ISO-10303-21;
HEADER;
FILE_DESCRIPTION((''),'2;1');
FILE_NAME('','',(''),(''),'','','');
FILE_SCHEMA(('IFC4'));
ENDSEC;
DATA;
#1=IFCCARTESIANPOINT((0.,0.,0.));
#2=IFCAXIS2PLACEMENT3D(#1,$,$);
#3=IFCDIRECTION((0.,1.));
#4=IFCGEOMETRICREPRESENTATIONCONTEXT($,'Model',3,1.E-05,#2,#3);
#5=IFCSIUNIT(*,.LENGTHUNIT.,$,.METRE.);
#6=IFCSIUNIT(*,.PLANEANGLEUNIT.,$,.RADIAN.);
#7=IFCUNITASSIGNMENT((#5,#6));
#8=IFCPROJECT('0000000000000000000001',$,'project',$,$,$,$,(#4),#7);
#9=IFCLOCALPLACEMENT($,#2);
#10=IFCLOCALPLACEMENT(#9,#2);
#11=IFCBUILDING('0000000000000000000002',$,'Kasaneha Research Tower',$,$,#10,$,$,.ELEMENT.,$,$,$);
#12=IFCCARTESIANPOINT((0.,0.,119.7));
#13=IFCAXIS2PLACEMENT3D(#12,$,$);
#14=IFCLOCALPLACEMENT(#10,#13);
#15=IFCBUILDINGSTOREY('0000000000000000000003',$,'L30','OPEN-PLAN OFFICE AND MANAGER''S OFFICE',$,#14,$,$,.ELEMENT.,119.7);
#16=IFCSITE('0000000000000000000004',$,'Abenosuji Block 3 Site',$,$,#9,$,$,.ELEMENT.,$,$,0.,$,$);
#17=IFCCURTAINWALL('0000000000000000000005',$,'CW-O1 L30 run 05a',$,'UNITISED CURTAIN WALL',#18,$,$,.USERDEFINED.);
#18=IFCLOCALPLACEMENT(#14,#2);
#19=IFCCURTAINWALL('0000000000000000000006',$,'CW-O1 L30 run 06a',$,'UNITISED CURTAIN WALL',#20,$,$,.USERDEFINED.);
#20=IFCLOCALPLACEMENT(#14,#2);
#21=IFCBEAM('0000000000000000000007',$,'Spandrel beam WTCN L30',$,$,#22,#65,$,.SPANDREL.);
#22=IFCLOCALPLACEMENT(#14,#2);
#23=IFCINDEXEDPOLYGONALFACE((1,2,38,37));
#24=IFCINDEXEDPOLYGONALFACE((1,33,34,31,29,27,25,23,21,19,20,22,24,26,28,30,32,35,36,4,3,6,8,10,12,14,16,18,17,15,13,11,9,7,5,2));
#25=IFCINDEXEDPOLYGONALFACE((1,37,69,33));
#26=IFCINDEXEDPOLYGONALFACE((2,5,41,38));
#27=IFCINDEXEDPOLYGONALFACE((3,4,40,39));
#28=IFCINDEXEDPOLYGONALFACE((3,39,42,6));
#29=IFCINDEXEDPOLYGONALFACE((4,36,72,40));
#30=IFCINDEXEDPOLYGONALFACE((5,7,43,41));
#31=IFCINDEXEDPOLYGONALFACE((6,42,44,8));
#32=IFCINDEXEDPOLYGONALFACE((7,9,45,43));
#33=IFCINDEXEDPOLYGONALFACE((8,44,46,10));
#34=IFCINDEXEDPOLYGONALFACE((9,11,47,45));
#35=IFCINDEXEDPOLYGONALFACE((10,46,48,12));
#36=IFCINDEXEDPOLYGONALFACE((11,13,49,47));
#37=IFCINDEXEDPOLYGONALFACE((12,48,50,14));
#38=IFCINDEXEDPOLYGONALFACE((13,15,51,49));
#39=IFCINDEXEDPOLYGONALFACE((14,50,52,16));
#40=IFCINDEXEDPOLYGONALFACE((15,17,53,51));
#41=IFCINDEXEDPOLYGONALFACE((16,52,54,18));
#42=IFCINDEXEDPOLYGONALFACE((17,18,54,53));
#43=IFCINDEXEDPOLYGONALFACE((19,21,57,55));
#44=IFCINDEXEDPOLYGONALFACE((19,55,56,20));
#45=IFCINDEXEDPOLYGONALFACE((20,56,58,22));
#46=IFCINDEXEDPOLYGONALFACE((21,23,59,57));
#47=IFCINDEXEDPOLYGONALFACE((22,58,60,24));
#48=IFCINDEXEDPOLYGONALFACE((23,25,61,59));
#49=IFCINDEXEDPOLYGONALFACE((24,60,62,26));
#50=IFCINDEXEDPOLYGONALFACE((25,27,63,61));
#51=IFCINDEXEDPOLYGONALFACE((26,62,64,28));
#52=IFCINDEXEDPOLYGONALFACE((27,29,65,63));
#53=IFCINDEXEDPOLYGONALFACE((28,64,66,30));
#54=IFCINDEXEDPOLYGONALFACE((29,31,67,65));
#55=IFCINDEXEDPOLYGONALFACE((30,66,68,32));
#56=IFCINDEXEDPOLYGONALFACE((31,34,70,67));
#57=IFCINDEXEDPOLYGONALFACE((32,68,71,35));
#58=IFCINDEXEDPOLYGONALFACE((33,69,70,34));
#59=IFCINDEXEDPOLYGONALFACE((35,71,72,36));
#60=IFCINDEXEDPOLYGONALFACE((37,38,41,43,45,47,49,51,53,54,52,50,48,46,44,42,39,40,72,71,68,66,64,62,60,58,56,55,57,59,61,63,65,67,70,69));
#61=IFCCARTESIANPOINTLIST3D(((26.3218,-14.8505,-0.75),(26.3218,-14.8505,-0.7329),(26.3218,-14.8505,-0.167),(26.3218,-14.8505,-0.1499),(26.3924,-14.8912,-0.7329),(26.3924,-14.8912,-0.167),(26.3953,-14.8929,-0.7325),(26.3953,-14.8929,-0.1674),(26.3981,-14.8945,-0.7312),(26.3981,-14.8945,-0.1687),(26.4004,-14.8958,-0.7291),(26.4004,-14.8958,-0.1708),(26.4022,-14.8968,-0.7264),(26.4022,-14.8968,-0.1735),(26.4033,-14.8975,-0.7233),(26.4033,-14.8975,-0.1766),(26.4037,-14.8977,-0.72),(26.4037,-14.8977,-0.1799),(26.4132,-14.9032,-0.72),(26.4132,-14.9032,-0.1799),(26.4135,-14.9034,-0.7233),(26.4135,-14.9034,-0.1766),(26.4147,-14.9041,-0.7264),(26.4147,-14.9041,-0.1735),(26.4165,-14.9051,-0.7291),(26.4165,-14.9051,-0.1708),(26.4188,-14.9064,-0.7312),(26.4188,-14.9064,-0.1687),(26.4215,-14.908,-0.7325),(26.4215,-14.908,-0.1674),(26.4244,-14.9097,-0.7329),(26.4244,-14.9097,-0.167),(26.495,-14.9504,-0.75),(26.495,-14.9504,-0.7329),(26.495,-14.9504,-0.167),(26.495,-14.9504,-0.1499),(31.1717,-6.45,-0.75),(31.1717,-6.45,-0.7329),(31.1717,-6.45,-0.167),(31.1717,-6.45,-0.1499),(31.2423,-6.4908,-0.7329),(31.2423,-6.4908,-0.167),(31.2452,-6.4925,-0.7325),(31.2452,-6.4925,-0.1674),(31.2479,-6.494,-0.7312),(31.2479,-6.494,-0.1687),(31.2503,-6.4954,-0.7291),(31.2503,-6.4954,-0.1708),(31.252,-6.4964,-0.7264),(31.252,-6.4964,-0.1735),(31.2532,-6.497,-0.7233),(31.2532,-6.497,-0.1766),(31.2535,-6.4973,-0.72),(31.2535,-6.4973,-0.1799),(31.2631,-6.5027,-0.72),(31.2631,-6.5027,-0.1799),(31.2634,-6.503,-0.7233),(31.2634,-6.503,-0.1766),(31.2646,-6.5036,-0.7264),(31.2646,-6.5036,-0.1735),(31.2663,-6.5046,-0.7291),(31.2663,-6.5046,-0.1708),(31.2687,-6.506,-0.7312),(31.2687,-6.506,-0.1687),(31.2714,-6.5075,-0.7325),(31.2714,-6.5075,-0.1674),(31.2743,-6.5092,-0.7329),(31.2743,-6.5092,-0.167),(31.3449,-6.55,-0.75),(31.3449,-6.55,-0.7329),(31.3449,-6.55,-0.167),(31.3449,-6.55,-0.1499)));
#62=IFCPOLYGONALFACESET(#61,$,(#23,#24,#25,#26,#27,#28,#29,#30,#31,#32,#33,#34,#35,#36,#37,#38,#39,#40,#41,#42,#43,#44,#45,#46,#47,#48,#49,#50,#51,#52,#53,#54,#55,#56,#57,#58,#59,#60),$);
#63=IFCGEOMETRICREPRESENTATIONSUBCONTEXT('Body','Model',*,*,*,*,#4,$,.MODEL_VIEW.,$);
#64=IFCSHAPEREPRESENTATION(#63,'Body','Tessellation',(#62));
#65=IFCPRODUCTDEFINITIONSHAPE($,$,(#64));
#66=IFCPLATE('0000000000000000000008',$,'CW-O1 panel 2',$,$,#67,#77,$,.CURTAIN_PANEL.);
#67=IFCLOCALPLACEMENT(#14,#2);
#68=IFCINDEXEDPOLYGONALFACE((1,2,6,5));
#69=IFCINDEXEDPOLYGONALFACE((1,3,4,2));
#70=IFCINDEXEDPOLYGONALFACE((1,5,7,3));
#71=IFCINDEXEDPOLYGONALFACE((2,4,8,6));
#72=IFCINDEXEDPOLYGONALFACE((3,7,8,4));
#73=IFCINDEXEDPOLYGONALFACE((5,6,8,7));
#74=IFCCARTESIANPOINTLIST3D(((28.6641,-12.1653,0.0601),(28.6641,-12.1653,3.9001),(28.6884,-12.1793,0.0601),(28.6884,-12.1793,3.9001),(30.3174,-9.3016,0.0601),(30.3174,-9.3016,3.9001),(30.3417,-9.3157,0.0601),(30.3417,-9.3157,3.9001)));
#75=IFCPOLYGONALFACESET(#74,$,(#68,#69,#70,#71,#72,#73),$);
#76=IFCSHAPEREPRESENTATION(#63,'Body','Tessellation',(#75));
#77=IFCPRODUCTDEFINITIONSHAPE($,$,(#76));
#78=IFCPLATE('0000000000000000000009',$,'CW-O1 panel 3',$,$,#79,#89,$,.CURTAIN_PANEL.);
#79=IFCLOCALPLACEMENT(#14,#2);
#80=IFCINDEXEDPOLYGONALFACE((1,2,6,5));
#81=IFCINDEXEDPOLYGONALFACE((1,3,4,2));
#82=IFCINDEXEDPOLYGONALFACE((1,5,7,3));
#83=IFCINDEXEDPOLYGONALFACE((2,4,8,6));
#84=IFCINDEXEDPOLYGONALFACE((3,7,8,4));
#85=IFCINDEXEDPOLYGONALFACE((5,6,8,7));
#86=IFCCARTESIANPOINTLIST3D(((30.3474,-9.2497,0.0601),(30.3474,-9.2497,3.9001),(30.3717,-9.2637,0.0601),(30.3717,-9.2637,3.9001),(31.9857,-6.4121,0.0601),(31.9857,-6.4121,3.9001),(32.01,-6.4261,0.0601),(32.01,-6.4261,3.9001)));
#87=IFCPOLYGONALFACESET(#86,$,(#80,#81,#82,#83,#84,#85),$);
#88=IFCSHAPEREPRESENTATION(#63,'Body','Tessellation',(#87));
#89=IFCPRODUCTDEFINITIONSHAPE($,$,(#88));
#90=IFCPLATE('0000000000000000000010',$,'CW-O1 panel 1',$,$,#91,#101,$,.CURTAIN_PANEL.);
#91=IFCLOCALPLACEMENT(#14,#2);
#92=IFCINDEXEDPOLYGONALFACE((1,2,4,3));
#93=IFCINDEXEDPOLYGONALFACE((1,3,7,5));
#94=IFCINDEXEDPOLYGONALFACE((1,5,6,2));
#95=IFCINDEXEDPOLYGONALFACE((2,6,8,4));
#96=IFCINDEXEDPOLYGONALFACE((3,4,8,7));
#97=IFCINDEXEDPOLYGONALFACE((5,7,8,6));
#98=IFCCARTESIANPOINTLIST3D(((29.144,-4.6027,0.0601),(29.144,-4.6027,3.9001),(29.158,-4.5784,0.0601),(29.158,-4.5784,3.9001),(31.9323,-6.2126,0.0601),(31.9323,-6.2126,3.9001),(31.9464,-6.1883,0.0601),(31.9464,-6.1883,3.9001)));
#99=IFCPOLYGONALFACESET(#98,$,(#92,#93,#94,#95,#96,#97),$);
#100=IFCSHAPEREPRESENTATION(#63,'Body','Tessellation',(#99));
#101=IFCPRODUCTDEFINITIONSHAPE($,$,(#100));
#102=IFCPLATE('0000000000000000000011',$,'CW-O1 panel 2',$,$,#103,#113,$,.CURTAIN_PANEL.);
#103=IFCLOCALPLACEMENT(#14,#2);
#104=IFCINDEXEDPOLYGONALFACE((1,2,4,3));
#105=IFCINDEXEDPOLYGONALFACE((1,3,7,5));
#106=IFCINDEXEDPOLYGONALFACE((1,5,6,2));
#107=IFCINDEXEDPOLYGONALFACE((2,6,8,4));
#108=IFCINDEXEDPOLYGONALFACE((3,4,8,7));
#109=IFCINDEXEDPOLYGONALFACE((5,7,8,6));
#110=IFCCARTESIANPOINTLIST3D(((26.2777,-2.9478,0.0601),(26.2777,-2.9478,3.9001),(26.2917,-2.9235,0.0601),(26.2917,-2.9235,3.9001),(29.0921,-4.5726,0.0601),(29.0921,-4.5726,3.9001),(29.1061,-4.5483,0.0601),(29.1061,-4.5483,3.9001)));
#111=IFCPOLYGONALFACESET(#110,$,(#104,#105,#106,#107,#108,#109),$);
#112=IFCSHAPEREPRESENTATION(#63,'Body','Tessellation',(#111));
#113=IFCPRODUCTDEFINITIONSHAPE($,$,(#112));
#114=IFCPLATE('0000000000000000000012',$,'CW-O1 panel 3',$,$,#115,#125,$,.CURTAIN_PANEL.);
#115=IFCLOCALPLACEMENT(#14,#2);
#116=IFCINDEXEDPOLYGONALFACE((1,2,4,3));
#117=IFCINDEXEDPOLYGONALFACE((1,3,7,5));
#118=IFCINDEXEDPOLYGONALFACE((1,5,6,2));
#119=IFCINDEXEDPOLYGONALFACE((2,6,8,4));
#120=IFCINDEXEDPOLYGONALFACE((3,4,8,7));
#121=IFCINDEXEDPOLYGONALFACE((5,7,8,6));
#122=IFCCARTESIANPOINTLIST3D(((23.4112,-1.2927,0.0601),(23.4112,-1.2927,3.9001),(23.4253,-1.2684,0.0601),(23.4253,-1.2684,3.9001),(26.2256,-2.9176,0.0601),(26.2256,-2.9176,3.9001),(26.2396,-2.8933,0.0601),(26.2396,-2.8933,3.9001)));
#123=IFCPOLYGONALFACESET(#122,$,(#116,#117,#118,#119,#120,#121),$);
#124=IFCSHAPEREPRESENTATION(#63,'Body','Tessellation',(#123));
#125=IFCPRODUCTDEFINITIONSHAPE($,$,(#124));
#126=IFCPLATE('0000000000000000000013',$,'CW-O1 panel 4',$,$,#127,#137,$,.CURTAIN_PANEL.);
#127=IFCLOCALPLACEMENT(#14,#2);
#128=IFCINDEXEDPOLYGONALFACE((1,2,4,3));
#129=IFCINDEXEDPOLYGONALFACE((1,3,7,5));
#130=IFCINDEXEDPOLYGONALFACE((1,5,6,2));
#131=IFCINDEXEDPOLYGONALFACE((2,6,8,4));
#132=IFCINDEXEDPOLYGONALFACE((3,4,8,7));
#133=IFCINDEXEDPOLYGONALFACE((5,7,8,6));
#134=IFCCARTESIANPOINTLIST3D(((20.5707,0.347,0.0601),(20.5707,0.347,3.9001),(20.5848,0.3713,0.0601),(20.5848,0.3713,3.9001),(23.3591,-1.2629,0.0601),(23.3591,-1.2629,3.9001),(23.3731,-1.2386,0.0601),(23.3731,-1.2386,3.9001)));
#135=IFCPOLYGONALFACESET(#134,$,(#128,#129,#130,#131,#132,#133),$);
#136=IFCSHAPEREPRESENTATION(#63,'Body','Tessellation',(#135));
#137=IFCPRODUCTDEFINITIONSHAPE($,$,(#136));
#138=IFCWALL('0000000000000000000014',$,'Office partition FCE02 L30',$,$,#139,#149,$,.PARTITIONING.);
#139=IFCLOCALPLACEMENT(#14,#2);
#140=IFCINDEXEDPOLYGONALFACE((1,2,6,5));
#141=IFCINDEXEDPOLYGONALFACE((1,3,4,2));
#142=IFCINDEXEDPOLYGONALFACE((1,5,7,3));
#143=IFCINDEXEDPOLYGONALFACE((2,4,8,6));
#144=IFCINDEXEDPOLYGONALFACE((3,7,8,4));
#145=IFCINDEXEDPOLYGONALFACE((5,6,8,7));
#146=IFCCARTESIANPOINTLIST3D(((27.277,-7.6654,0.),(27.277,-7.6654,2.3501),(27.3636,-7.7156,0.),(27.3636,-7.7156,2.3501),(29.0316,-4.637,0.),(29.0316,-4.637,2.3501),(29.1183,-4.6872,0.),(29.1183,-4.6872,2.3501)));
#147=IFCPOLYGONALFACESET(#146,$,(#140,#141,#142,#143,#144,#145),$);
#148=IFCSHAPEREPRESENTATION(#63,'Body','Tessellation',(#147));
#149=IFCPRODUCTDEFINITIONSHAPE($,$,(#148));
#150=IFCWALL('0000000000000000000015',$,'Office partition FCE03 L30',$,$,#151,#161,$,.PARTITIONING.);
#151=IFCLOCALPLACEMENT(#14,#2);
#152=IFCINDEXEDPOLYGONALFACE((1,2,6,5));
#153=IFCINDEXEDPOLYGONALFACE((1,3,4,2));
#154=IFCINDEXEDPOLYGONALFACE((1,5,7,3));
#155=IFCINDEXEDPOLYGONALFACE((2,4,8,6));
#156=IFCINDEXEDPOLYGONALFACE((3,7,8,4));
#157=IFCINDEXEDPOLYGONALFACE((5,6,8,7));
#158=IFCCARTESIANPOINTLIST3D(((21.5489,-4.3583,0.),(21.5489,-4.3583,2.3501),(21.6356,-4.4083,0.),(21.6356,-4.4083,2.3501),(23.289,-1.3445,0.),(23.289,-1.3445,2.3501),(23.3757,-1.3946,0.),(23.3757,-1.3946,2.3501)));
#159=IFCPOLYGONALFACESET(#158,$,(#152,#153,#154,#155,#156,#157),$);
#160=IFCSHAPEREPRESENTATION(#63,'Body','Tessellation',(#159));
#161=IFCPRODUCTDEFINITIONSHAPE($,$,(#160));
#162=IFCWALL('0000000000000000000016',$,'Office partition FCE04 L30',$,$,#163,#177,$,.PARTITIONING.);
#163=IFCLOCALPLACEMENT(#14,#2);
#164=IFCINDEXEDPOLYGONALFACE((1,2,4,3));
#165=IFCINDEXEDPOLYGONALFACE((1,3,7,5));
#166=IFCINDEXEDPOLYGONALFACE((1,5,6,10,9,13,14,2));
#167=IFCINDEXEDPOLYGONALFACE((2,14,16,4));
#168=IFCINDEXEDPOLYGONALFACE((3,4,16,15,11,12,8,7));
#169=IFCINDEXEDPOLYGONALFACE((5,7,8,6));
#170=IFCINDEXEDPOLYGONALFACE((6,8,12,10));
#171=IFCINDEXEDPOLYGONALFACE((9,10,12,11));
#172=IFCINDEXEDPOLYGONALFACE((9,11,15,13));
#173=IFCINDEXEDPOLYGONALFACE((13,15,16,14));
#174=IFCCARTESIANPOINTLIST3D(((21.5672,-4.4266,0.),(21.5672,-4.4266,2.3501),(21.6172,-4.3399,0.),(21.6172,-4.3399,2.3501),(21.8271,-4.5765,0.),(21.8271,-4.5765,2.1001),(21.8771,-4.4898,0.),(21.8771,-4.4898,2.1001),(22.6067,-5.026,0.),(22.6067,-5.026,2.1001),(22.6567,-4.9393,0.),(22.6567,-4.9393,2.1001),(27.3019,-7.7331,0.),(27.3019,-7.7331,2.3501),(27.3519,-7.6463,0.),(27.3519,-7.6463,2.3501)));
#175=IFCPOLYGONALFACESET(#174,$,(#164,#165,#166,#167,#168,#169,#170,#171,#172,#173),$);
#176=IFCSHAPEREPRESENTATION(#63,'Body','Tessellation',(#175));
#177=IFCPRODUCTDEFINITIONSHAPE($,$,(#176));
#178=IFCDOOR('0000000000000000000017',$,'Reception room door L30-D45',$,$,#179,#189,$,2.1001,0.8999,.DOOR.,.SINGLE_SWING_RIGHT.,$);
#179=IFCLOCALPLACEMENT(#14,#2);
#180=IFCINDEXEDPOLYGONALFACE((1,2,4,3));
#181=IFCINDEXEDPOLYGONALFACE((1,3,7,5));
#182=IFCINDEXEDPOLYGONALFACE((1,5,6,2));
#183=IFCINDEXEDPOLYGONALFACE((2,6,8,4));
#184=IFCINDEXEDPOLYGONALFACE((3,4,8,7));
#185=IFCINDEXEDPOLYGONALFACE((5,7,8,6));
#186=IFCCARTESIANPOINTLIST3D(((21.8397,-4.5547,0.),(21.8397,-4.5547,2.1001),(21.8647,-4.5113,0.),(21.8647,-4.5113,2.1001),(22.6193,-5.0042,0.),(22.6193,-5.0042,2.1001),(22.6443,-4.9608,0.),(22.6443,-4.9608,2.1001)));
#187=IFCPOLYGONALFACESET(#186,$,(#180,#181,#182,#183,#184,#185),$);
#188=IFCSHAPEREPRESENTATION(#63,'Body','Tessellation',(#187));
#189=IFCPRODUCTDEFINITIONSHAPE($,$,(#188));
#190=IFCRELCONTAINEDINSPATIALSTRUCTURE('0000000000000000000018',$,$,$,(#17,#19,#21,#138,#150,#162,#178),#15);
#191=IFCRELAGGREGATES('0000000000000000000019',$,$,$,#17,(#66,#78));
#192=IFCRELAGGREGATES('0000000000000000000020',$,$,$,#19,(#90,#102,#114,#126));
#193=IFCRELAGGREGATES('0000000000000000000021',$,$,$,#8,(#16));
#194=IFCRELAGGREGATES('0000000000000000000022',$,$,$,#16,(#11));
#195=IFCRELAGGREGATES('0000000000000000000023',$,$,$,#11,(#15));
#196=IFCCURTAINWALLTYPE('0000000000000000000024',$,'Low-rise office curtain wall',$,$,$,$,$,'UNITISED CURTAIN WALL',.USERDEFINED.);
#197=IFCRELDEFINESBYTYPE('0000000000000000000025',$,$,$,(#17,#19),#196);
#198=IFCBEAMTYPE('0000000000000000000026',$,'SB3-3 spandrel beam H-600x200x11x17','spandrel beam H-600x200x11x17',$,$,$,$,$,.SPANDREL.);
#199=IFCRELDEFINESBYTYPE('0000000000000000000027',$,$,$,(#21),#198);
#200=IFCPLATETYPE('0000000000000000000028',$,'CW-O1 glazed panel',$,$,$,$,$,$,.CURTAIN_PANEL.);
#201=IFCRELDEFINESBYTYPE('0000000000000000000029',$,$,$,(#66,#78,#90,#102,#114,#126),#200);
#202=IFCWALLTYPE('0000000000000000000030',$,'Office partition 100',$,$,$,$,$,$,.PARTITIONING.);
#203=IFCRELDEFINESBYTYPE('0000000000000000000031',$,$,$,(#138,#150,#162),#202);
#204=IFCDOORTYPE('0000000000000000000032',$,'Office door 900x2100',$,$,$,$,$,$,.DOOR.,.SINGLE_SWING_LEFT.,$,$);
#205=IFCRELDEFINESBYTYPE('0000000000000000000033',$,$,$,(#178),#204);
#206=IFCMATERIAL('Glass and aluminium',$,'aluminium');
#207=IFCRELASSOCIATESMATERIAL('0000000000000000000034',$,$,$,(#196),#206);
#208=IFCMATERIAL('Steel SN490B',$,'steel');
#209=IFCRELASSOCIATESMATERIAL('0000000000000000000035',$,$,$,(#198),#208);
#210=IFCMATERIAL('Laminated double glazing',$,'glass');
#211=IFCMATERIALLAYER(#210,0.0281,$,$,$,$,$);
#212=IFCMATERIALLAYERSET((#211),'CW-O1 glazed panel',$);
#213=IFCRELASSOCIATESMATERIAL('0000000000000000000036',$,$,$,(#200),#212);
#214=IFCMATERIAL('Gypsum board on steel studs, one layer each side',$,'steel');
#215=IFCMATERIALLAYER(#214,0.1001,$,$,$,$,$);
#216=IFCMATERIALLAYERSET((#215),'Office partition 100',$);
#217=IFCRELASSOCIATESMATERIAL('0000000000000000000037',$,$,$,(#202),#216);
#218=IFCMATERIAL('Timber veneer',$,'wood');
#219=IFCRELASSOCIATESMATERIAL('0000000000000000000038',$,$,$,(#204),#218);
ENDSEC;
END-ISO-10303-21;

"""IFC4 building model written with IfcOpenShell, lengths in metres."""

from ifc_helpers import new_model, si_unit, direction, frame, frame_2d, origin, origin_2d, place, context, subcontext, project, spatial, rectangle, i_section, extrude, material, layer, layer_set, material_profile, profile_set, type_object, element, fill, aggregate, save


model = new_model("IFC4")

# Units and contexts
model_context = context("Model", 3, precision=1e-05, world=origin(), true_north=direction((0.0, 1.0)))
body_context = subcontext(model_context, "Body", "Model", "MODEL_VIEW")
ifc_project = project(units=[si_unit("LENGTHUNIT", "METRE"), si_unit("PLANEANGLEUNIT", "RADIAN")], contexts=[model_context])

# Site, building, storey
site_placement = place(None, origin())
site = spatial("IfcSite", under=ifc_project, at=site_placement, Name="Abenosuji Block 3 Site", CompositionType="ELEMENT", RefElevation=0.0)
building_placement = place(site_placement, origin())
building = spatial("IfcBuilding", under=site, at=building_placement, Name="Kasaneha Research Tower", CompositionType="ELEMENT")
storey_placement = place(building_placement, frame((0.0, 0.0, 119.7)))
storey = spatial("IfcBuildingStorey", under=building, at=storey_placement, Name="L30", Description="OPEN-PLAN OFFICE AND MANAGER'S OFFICE", CompositionType="ELEMENT", Elevation=119.7)

# Curtain walls
ifc_material_1 = material(Name="Glass and aluminium", Category="aluminium")
curtain_wall_type = type_object("IfcCurtainWallType", Name="Low-rise office curtain wall", ElementType="UNITISED CURTAIN WALL", PredefinedType="USERDEFINED", material=ifc_material_1)
curtain_wall_1_placement = place(storey_placement, origin())
curtain_wall_1 = element("IfcCurtainWall", 1, at=curtain_wall_1_placement, inside=storey, type_object=curtain_wall_type, Name="CW-O1 L30 run 05a", ObjectType="UNITISED CURTAIN WALL", PredefinedType="USERDEFINED")
curtain_wall_2_placement = place(storey_placement, origin())
curtain_wall_2 = element("IfcCurtainWall", 2, at=curtain_wall_2_placement, inside=storey, type_object=curtain_wall_type, Name="CW-O1 L30 run 06a", ObjectType="UNITISED CURTAIN WALL", PredefinedType="USERDEFINED")

# Beam
ifc_material_2 = material(Name="Steel SN490B", Category="steel")
ifc_material_profile_1 = material_profile(ifc_material_2, i_section(OverallWidth=0.2, OverallDepth=0.6001, WebThickness=0.011, FlangeThickness=0.0171, FilletRadius=0.0129, at=origin_2d()), Name="H-600x200x11x17")
ifc_profile_set_1 = profile_set([ifc_material_profile_1], Name="Steel SN490B")
beam_type_1 = type_object("IfcBeamType", Name="SB3-3 spandrel beam H-600x200x11x17", Description="spandrel beam H-600x200x11x17", PredefinedType="SPANDREL", material=ifc_profile_set_1)
beam_1_placement = place(storey_placement, frame((31.2583, -6.5, -0.45), z_axis=(-0.499991, -0.866031, 0.0), x_axis=(0.866031, -0.499991, 0.0)))
element("IfcBeam", 3, at=beam_1_placement, inside=storey, type_object=beam_type_1, Name="Spandrel beam WTCN L30", PredefinedType="SPANDREL", context=body_context, shape_type="SweptSolid", body=[
    extrude(i_section(OverallWidth=0.2, OverallDepth=0.6001, WebThickness=0.011, FlangeThickness=0.0171, FilletRadius=0.0129, at=origin_2d()), origin(), (0.0, 0.0, 1.0), 9.7),
])

# Plates
ifc_material_3 = material(Name="Laminated double glazing", Category="glass")
ifc_layer_1 = layer(ifc_material_3, 0.0281)
ifc_layer_set_1 = layer_set([ifc_layer_1], Name="CW-O1 glazed panel")
plate_type = type_object("IfcPlateType", Name="CW-O1 glazed panel", PredefinedType="CURTAIN_PANEL", material=ifc_layer_set_1)
plate_1_placement = place(storey_placement, frame((29.5029, -10.7405, 0.0601), z_axis=(0.0, 0.0, 1.0), x_axis=(0.5, 0.866025, 0.0)))
plate_1 = element("IfcPlate", 4, at=plate_1_placement, type_object=plate_type, Name="CW-O1 panel 2", PredefinedType="CURTAIN_PANEL", context=body_context, shape_type="SweptSolid", body=[
    extrude(rectangle(XDim=3.3066, YDim=0.0281, at=origin_2d()), origin(), (0.0, 0.0, 1.0), 3.8401),
])
plate_2_placement = place(storey_placement, frame((31.1787, -7.8379, 0.0601), z_axis=(0.0, 0.0, 1.0), x_axis=(0.5, 0.866025, 0.0)))
plate_2 = element("IfcPlate", 5, at=plate_2_placement, type_object=plate_type, Name="CW-O1 panel 3", PredefinedType="CURTAIN_PANEL", context=body_context, shape_type="SweptSolid", body=[
    extrude(rectangle(XDim=3.2766, YDim=0.0281, at=origin_2d()), origin(), (0.0, 0.0, 1.0), 3.8401),
])
aggregate(curtain_wall_1, [plate_1, plate_2])
plate_3_placement = place(storey_placement, frame((30.5452, -5.3955, 0.0601), z_axis=(0.0, 0.0, 1.0), x_axis=(-0.866025, 0.5, 0.0)))
plate_3 = element("IfcPlate", 6, at=plate_3_placement, type_object=plate_type, Name="CW-O1 panel 1", PredefinedType="CURTAIN_PANEL", context=body_context, shape_type="SweptSolid", body=[
    extrude(rectangle(XDim=3.2197, YDim=0.0281, at=origin_2d()), origin(), (0.0, 0.0, 1.0), 3.8401),
])
plate_4_placement = place(storey_placement, frame((27.6919, -3.748, 0.0601), z_axis=(0.0, 0.0, 1.0), x_axis=(-0.866025, 0.5, 0.0)))
plate_4 = element("IfcPlate", 7, at=plate_4_placement, type_object=plate_type, Name="CW-O1 panel 2", PredefinedType="CURTAIN_PANEL", context=body_context, shape_type="SweptSolid", body=[
    extrude(rectangle(XDim=3.2498, YDim=0.0281, at=origin_2d()), origin(), (0.0, 0.0, 1.0), 3.8401),
])
plate_5_placement = place(storey_placement, frame((24.8254, -2.093, 0.0601), z_axis=(0.0, 0.0, 1.0), x_axis=(-0.866025, 0.5, 0.0)))
plate_5 = element("IfcPlate", 8, at=plate_5_placement, type_object=plate_type, Name="CW-O1 panel 3", PredefinedType="CURTAIN_PANEL", context=body_context, shape_type="SweptSolid", body=[
    extrude(rectangle(XDim=3.2498, YDim=0.0281, at=origin_2d()), origin(), (0.0, 0.0, 1.0), 3.8401),
])
plate_6_placement = place(storey_placement, frame((21.9719, -0.4458, 0.0601), z_axis=(0.0, 0.0, 1.0), x_axis=(-0.866025, 0.5, 0.0)))
plate_6 = element("IfcPlate", 9, at=plate_6_placement, type_object=plate_type, Name="CW-O1 panel 4", PredefinedType="CURTAIN_PANEL", context=body_context, shape_type="SweptSolid", body=[
    extrude(rectangle(XDim=3.2197, YDim=0.0281, at=origin_2d()), origin(), (0.0, 0.0, 1.0), 3.8401),
])
aggregate(curtain_wall_2, [plate_3, plate_4, plate_5, plate_6])

# Walls
ifc_material_4 = material(Name="Gypsum board on steel studs, one layer each side", Category="steel")
ifc_layer_2 = layer(ifc_material_4, 0.1001)
ifc_layer_set_2 = layer_set([ifc_layer_2], Name="Office partition 100")
wall_type = type_object("IfcWallType", Name="Office partition 100", PredefinedType="PARTITIONING", material=ifc_layer_set_2)
wall_1_placement = place(storey_placement, frame((29.075, -4.6621, 0.0), z_axis=(0.0, 0.0, 1.0), x_axis=(-0.501336, -0.865253, 0.0)))
element("IfcWall", 10, at=wall_1_placement, inside=storey, type_object=wall_type, Name="Office partition FCE02 L30", PredefinedType="PARTITIONING", context=body_context, shape_type="SweptSolid", body=[
    extrude(rectangle(XDim=3.5, YDim=0.1001, at=frame_2d((1.75, 0.0))), origin(), (0.0, 0.0, 1.0), 2.3501),
])
wall_2_placement = place(storey_placement, frame((21.5923, -4.3833, 0.0), z_axis=(0.0, 0.0, 1.0), x_axis=(0.50001, 0.86602, 0.0)))
element("IfcWall", 11, at=wall_2_placement, inside=storey, type_object=wall_type, Name="Office partition FCE03 L30", PredefinedType="PARTITIONING", context=body_context, shape_type="SweptSolid", body=[
    extrude(rectangle(XDim=3.48, YDim=0.1001, at=frame_2d((1.74, 0.0))), origin(), (0.0, 0.0, 1.0), 2.3501),
])

# Wall, opening, door
wall_3_placement = place(storey_placement, frame((27.3269, -7.6897, 0.0), z_axis=(0.0, 0.0, 1.0), x_axis=(-0.866319, 0.499491, 0.0)))
wall_3 = element("IfcWall", 12, at=wall_3_placement, inside=storey, type_object=wall_type, Name="Office partition FCE04 L30", PredefinedType="PARTITIONING", context=body_context, shape_type="SweptSolid", body=[
    extrude(rectangle(XDim=6.6196, YDim=0.1001, at=frame_2d((3.3098, 0.0))), origin(), (0.0, 0.0, 1.0), 2.3501),
])
opening_placement = place(wall_3_placement, frame((5.4197, 0.0, 0.0)))
opening = element("IfcOpeningElement", 13, at=opening_placement, cuts=wall_3, PredefinedType="OPENING", context=body_context, shape_type="SweptSolid", body=[
    extrude(rectangle(XDim=0.8999, YDim=2.1001, at=frame_2d((0.45, 1.05))), frame((0.0, 0.0601, 0.0), z_axis=(0.0, -1.0, 0.0), x_axis=(1.0, 0.0, 0.0)), (0.0, 0.0, 1.0), 0.1201),
])
ifc_material_5 = material(Name="Timber veneer", Category="wood")
door_type = type_object("IfcDoorType", Name="Office door 900x2100", OperationType="SINGLE_SWING_LEFT", PredefinedType="DOOR", material=ifc_material_5)
door_placement = place(opening_placement, origin())
door = element("IfcDoor", 14, at=door_placement, inside=storey, type_object=door_type, Name="Reception room door L30-D45", OperationType="SINGLE_SWING_RIGHT", OverallHeight=2.1001, OverallWidth=0.8999, PredefinedType="DOOR", context=body_context, shape_type="SweptSolid", body=[
    extrude(rectangle(XDim=0.8999, YDim=2.1001, at=frame_2d((0.45, 1.05))), frame((0.0, 0.0249, 0.0), z_axis=(0.0, -1.0, 0.0), x_axis=(1.0, 0.0, 0.0)), (0.0, 0.0, 1.0), 0.05),
])
fill(opening, door)

save(model, "model.ifc")
